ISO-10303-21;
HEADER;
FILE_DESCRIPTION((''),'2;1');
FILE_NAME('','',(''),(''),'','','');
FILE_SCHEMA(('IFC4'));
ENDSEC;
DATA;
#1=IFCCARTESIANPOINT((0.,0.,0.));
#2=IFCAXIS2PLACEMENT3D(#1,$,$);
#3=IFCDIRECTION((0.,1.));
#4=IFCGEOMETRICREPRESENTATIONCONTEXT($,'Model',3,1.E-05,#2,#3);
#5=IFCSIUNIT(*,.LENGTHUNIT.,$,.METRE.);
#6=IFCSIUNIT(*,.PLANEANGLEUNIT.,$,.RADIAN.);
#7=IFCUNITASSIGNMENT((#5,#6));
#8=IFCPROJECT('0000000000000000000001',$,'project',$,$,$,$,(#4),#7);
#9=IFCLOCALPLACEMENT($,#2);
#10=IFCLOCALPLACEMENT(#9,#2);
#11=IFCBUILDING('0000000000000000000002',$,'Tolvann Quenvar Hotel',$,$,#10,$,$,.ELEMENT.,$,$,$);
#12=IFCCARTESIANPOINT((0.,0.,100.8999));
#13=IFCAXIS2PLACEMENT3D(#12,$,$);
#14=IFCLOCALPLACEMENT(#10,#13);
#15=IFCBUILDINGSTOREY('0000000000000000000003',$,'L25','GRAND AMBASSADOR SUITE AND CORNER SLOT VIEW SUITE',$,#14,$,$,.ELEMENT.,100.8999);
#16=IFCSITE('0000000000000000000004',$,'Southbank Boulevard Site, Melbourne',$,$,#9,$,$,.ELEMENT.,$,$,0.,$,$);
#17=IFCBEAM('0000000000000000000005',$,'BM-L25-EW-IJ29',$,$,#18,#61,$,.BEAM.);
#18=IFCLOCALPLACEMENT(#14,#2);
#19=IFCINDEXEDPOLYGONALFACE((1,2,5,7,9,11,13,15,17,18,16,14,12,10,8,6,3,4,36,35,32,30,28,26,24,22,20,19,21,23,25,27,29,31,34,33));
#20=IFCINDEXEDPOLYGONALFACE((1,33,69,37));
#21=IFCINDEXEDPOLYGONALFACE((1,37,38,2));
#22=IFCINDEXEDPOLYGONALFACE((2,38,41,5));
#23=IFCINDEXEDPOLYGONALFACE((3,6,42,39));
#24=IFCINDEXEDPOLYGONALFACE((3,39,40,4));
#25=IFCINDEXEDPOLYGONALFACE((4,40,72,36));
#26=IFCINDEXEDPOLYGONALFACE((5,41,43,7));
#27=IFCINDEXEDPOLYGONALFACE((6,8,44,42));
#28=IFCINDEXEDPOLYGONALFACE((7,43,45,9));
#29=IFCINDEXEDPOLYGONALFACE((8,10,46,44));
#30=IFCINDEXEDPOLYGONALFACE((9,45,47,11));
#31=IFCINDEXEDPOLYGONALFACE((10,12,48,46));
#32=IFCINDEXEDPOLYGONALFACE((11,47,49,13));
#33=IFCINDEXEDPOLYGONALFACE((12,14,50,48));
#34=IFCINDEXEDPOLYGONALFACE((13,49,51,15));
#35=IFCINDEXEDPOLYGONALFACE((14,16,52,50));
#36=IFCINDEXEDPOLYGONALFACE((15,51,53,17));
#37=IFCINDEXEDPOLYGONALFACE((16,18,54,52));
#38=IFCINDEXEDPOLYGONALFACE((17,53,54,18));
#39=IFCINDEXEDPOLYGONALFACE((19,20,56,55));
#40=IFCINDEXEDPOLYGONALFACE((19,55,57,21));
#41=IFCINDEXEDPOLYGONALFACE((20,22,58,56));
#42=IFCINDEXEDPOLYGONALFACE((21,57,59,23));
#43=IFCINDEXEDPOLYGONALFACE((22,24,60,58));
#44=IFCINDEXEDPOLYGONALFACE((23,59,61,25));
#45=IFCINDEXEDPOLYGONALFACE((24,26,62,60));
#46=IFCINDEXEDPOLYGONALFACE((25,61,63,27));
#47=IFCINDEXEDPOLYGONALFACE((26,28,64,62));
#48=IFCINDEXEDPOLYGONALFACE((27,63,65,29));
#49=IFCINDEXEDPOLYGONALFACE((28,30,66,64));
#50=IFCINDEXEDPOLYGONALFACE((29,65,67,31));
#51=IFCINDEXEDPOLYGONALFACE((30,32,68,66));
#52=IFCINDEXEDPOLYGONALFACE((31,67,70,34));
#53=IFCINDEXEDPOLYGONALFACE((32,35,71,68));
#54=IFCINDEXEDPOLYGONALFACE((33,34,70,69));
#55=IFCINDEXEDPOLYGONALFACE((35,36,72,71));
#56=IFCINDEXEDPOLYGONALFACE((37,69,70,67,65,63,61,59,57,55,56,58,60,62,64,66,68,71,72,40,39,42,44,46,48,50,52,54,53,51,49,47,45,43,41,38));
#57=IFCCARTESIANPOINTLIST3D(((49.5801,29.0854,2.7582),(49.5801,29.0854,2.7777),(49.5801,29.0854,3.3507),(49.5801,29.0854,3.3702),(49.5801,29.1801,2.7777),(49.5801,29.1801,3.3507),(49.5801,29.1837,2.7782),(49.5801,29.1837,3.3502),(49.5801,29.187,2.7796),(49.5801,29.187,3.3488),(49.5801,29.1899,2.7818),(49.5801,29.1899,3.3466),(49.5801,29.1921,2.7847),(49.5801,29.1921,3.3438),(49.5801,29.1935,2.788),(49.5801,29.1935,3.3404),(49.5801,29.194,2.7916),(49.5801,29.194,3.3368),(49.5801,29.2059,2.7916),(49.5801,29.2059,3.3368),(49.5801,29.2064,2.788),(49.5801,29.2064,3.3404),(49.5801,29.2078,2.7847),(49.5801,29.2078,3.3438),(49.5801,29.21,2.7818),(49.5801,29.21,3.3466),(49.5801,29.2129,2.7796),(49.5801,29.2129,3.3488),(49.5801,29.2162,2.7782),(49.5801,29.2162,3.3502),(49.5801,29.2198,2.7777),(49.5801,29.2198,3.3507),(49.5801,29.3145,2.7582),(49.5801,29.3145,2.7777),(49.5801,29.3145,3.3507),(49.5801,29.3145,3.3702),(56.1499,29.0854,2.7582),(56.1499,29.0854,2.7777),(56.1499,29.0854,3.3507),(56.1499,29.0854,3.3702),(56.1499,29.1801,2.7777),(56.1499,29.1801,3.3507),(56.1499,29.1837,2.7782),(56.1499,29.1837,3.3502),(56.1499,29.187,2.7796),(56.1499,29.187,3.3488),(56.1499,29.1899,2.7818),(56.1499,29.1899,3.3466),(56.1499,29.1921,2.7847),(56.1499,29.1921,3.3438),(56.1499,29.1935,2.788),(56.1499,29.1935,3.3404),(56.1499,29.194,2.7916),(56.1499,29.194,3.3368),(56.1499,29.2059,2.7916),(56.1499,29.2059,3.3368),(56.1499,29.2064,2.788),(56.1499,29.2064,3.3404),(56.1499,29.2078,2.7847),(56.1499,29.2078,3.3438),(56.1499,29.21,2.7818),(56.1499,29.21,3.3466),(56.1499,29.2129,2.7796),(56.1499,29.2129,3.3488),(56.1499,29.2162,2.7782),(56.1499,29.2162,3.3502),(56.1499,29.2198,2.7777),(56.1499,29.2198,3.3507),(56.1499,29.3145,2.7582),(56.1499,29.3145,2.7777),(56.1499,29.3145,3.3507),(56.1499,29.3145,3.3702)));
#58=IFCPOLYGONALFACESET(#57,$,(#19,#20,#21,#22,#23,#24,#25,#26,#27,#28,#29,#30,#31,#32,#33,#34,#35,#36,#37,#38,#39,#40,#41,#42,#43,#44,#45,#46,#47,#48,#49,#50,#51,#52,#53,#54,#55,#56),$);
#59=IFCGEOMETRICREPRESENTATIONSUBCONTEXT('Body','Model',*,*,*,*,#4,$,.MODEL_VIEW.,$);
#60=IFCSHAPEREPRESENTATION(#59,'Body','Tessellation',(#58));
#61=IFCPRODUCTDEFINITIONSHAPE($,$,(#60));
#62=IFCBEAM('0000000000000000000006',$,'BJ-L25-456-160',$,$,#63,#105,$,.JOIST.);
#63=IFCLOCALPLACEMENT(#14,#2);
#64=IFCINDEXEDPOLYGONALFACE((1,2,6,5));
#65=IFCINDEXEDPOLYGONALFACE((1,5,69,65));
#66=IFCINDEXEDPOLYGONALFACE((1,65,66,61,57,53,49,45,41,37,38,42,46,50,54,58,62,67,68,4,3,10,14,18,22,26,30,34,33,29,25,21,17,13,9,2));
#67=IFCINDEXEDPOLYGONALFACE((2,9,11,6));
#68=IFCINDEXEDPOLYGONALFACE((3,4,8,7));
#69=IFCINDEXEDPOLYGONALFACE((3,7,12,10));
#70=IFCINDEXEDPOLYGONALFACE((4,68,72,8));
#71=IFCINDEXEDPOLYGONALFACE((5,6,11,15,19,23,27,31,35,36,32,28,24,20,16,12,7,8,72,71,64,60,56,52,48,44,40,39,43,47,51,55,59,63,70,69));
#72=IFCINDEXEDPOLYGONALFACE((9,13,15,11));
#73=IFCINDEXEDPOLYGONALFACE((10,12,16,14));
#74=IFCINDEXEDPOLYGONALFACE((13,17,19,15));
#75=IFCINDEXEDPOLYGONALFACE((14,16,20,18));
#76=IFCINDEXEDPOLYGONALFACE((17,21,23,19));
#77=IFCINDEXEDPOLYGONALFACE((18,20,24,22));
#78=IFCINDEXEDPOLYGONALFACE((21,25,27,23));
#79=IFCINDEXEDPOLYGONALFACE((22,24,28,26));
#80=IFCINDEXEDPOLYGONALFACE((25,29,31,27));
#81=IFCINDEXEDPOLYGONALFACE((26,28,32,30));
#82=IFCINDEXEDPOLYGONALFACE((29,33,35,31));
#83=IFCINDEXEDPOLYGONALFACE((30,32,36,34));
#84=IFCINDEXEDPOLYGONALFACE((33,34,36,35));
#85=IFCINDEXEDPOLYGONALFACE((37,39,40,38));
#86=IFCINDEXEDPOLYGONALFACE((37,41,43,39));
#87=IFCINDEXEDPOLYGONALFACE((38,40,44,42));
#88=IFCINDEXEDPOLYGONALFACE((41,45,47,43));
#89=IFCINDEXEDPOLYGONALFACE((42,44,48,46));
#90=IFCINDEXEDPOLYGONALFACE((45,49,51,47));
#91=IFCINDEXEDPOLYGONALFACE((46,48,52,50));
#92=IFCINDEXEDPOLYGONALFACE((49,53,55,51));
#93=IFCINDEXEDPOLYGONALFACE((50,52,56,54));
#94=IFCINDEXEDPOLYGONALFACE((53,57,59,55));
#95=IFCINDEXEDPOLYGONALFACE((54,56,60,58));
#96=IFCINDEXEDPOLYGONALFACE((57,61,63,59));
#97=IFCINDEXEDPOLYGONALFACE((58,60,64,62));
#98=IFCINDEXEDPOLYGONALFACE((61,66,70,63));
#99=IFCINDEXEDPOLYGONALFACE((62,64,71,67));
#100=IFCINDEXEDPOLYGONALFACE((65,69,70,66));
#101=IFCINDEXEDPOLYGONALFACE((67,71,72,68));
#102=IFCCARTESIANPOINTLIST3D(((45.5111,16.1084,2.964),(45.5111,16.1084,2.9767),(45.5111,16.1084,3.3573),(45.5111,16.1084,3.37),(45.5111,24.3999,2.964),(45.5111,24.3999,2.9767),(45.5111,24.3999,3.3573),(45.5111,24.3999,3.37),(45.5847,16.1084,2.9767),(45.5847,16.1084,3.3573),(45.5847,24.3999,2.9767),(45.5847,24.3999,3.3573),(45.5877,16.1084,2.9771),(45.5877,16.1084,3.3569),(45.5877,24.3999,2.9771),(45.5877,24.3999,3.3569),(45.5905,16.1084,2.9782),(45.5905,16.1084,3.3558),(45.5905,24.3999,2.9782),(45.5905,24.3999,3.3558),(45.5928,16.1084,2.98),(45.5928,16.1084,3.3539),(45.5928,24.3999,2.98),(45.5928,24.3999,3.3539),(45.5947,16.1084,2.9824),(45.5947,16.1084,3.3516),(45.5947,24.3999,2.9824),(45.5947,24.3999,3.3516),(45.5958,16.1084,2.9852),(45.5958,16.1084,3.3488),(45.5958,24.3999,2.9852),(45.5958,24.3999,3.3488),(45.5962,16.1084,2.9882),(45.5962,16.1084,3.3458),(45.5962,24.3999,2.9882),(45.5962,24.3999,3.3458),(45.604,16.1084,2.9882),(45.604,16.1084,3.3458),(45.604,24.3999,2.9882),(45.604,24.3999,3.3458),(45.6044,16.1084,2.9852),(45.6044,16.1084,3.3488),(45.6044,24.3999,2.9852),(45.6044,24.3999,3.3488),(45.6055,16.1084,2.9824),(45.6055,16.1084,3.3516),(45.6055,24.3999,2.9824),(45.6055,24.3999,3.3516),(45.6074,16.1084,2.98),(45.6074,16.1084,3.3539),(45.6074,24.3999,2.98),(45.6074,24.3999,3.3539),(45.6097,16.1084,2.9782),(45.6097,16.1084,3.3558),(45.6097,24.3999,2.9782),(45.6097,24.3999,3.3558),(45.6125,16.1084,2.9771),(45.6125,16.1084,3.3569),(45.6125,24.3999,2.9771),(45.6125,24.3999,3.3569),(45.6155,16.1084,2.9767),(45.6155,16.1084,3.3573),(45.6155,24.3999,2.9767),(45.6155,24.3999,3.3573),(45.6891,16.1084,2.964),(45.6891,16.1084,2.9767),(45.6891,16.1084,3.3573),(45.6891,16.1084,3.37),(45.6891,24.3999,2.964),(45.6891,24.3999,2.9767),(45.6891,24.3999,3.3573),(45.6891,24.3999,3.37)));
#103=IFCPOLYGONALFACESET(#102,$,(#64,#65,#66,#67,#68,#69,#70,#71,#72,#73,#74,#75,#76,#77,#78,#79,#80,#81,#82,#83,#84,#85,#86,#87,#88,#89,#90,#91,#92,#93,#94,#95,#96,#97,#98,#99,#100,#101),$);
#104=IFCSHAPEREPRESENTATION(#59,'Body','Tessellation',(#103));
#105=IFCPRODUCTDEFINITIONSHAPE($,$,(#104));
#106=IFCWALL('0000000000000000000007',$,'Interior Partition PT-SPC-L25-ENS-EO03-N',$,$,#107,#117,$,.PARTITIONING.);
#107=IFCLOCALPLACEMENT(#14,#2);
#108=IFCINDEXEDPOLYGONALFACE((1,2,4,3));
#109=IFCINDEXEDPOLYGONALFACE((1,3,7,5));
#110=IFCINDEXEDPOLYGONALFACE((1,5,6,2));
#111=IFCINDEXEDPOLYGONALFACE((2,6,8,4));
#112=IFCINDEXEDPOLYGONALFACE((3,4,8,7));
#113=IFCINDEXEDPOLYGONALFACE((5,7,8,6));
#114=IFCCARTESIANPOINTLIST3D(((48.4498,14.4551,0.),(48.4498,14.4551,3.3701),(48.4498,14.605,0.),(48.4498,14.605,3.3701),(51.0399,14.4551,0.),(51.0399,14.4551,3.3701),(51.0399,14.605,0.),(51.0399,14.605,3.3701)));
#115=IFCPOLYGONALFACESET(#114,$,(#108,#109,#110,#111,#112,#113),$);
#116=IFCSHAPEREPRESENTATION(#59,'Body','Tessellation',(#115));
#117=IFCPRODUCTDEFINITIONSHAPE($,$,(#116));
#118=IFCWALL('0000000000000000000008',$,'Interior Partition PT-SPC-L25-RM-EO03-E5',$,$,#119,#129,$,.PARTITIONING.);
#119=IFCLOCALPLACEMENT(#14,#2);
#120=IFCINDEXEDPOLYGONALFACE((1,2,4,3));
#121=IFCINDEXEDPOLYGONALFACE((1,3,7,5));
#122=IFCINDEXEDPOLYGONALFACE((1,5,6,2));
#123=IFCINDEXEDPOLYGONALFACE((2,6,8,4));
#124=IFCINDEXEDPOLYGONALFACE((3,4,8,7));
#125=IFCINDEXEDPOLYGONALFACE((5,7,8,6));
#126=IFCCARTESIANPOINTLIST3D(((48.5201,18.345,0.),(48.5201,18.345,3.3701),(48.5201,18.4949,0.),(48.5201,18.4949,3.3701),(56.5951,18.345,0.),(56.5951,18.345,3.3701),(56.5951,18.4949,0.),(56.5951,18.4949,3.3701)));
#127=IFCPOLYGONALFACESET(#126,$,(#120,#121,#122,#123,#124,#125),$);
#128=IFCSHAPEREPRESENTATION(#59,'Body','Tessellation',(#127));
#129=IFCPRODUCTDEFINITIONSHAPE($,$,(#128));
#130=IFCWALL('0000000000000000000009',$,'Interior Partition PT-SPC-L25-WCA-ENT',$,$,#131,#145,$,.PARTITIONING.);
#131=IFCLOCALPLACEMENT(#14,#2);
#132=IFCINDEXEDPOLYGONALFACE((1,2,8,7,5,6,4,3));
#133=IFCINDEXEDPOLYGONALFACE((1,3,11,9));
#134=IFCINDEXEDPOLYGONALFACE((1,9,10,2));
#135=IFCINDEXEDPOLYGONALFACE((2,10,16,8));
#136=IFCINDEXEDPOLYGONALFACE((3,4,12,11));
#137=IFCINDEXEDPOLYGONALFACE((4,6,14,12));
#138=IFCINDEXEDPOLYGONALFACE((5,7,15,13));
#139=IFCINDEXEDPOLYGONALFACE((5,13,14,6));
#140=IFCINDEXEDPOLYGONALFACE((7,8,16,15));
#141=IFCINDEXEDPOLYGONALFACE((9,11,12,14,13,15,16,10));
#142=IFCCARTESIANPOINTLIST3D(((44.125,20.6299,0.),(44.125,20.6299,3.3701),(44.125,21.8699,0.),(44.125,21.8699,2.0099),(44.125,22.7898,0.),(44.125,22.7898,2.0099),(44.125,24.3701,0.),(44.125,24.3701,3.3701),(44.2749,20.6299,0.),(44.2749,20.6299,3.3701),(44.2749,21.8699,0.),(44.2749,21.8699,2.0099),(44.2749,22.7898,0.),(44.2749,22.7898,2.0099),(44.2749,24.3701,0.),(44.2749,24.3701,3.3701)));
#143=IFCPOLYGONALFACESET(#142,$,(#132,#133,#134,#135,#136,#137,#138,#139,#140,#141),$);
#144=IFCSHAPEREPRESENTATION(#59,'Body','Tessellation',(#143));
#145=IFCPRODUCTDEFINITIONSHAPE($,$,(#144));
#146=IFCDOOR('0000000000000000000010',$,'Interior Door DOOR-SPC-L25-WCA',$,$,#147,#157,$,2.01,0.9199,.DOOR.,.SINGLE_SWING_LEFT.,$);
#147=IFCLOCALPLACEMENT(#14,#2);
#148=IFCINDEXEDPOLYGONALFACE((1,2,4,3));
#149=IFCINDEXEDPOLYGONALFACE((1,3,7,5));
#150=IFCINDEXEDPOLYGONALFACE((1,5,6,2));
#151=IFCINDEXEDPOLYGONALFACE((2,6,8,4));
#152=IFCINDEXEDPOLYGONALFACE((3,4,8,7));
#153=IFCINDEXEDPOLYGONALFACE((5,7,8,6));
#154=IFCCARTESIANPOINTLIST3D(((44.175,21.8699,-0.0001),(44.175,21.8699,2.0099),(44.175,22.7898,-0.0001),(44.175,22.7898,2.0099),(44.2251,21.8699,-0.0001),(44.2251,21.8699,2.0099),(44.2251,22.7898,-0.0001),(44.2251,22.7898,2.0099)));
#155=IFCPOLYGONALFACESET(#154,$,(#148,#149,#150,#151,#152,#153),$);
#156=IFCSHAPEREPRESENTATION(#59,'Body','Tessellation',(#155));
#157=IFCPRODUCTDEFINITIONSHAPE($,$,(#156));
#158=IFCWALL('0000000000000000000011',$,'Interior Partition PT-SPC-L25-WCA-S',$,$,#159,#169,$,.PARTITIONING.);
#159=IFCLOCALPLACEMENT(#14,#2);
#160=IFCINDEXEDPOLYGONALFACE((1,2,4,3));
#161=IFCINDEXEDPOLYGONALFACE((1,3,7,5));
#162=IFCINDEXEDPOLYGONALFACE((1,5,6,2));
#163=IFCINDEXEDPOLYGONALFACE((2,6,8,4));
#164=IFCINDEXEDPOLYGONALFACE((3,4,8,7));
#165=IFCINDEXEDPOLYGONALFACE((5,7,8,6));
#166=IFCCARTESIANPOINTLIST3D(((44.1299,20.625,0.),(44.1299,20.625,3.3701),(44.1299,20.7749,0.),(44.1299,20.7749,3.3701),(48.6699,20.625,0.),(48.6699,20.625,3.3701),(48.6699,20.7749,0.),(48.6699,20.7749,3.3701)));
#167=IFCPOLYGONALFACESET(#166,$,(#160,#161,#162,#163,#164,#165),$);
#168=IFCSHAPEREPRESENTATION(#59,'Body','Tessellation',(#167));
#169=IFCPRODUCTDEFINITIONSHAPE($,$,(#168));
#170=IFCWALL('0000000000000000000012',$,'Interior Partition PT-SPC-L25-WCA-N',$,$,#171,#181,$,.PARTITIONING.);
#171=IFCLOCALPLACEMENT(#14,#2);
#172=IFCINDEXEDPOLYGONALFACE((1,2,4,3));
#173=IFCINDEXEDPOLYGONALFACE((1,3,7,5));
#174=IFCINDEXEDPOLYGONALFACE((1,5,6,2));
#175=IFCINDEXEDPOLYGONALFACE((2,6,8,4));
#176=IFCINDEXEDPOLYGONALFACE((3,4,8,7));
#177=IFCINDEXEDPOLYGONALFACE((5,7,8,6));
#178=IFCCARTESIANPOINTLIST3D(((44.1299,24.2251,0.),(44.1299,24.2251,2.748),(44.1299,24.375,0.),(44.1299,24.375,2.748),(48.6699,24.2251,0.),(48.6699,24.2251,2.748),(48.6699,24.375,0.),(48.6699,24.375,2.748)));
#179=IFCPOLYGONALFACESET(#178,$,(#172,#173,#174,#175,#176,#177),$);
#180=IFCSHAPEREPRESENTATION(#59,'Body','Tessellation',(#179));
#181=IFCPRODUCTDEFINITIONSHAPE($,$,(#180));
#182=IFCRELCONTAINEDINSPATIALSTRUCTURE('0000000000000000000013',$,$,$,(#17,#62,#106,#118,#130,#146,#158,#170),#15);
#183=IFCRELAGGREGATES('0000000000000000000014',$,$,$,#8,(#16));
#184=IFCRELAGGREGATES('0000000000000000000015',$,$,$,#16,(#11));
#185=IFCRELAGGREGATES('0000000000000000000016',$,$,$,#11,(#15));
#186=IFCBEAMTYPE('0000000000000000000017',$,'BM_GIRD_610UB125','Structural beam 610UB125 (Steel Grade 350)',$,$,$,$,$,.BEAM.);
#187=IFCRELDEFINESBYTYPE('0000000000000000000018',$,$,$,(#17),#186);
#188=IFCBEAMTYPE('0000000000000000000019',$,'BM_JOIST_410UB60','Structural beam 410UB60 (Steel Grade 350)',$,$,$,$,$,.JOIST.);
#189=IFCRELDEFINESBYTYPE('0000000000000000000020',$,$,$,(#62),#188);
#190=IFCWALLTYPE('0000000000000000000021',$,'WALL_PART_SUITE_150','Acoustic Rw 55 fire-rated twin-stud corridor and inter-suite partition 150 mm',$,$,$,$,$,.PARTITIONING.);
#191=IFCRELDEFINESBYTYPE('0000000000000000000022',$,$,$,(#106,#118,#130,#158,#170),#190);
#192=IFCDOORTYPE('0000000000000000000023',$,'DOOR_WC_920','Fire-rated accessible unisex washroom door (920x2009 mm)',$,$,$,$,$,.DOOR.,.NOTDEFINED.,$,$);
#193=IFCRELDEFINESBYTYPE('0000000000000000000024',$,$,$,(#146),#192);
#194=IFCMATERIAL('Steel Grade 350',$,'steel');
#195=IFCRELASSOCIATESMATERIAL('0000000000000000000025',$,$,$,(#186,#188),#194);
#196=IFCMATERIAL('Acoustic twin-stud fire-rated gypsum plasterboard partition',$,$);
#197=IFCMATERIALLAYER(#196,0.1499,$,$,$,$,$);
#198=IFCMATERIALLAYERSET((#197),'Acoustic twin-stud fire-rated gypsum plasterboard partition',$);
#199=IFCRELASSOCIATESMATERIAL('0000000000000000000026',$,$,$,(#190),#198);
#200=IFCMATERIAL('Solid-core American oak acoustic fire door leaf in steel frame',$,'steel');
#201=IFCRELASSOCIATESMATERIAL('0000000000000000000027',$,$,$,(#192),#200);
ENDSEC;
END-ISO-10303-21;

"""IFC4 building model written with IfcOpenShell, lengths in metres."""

from ifc_helpers import new_model, si_unit, direction, frame, frame_2d, origin, origin_2d, place, context, subcontext, project, spatial, rectangle, i_section, extrude, source, transform, mapped, material, layer, layer_set, material_profile, profile_set, type_object, type_shapes, element, fill, save


model = new_model("IFC4")

# Units and contexts
model_context = context("Model", 3, precision=1e-05, world=origin(), true_north=direction((0.0, 1.0)))
body_context = subcontext(model_context, "Body", "Model", "MODEL_VIEW")
ifc_project = project(units=[si_unit("LENGTHUNIT", "METRE"), si_unit("PLANEANGLEUNIT", "RADIAN")], contexts=[model_context])

# Site, building, storey
site_placement = place(None, origin())
site = spatial("IfcSite", under=ifc_project, at=site_placement, Name="Southbank Boulevard Site, Melbourne", CompositionType="ELEMENT", RefElevation=0.0)
building_placement = place(site_placement, origin())
building = spatial("IfcBuilding", under=site, at=building_placement, Name="Tolvann Quenvar Hotel", CompositionType="ELEMENT")
storey_placement = place(building_placement, frame((0.0, 0.0, 100.8999)))
storey = spatial("IfcBuildingStorey", under=building, at=storey_placement, Name="L25", Description="GRAND AMBASSADOR SUITE AND CORNER SLOT VIEW SUITE", CompositionType="ELEMENT", Elevation=100.8999)

# Shared definitions
ifc_material_1 = material(Name="Steel Grade 350", Category="steel")

# Beams
ifc_material_profile_1 = material_profile(ifc_material_1, i_section(OverallWidth=0.229, OverallDepth=0.6121, WebThickness=0.012, FlangeThickness=0.0195, FilletRadius=0.0139, at=origin_2d()), Name="610UB125")
ifc_profile_set_1 = profile_set([ifc_material_profile_1], Name="Steel Grade 350")
beam_type_1 = type_object("IfcBeamType", Name="BM_GIRD_610UB125", Description="Structural beam 610UB125 (Steel Grade 350)", PredefinedType="BEAM", material=ifc_profile_set_1)
shared_shape_1 = source(origin(), body_context, "Body", "SweptSolid", [
    extrude(i_section(OverallWidth=0.229, OverallDepth=0.6121, WebThickness=0.012, FlangeThickness=0.0195, FilletRadius=0.0139, at=origin_2d()), origin(), (0.0, 0.0, 1.0), 6.5698),
])
beam_1_placement = place(storey_placement, frame((49.5801, 29.2, 3.0642), z_axis=(1.0, 0.0, 0.0), x_axis=(0.0, 1.0, 0.0)))
element("IfcBeam", 1, at=beam_1_placement, inside=storey, type_object=beam_type_1, Name="BM-L25-EW-IJ29", PredefinedType="BEAM", context=body_context, shape_type="MappedRepresentation", body=[
    mapped(shared_shape_1, transform((0.0, 0.0, 0.0), x_axis=(1.0, 0.0, 0.0), y_axis=(0.0, 1.0, 0.0), z_axis=(0.0, 0.0, 1.0), scale=1.0)),
])
ifc_material_profile_2 = material_profile(ifc_material_1, i_section(OverallWidth=0.178, OverallDepth=0.406, WebThickness=0.0078, FlangeThickness=0.0127, FilletRadius=0.0115, at=origin_2d()), Name="410UB60")
ifc_profile_set_2 = profile_set([ifc_material_profile_2], Name="Steel Grade 350")
beam_type_2 = type_object("IfcBeamType", Name="BM_JOIST_410UB60", Description="Structural beam 410UB60 (Steel Grade 350)", PredefinedType="JOIST", material=ifc_profile_set_2)
shared_shape_2 = source(origin(), body_context, "Body", "SweptSolid", [
    extrude(i_section(OverallWidth=0.178, OverallDepth=0.406, WebThickness=0.0078, FlangeThickness=0.0127, FilletRadius=0.0115, at=origin_2d()), origin(), (0.0, 0.0, 1.0), 8.2915),
])
type_shapes(beam_type_2, [shared_shape_2])
beam_2_placement = place(storey_placement, frame((45.6001, 16.1084, 3.167), z_axis=(0.0, 1.0, 0.0), x_axis=(-1.0, 0.0, 0.0)))
element("IfcBeam", 2, at=beam_2_placement, inside=storey, type_object=beam_type_2, Name="BJ-L25-456-160", PredefinedType="JOIST", context=body_context, shape_type="MappedRepresentation", body=[
    mapped(shared_shape_2, transform((0.0, 0.0, 0.0), x_axis=(1.0, 0.0, 0.0), y_axis=(0.0, 1.0, 0.0), z_axis=(0.0, 0.0, 1.0), scale=1.0)),
])

# Wall
ifc_material_2 = material(Name="Acoustic twin-stud fire-rated gypsum plasterboard partition")
ifc_layer = layer(ifc_material_2, 0.1499)
ifc_layer_set = layer_set([ifc_layer], Name="Acoustic twin-stud fire-rated gypsum plasterboard partition")
wall_type = type_object("IfcWallType", Name="WALL_PART_SUITE_150", Description="Acoustic Rw 55 fire-rated twin-stud corridor and inter-suite partition 150 mm", PredefinedType="PARTITIONING", material=ifc_layer_set)
wall_1_placement = place(storey_placement, frame((48.45, 14.53, 0.0), z_axis=(0.0, 0.0, 1.0), x_axis=(1.0, 0.0, 0.0)))
element("IfcWall", 3, at=wall_1_placement, inside=storey, type_object=wall_type, Name="Interior Partition PT-SPC-L25-ENS-EO03-N", PredefinedType="PARTITIONING", context=body_context, shape_type="SweptSolid", body=[
    extrude(rectangle(XDim=2.5901, YDim=0.1499, at=frame_2d((1.2949, 0.0))), origin(), (0.0, 0.0, 1.0), 3.3701),
])

# Shared definitions
ifc_material_3 = material(Name="Solid-core American oak acoustic fire door leaf in steel frame", Category="steel")

# Wall
wall_2_placement = place(storey_placement, frame((48.52, 18.4199, 0.0), z_axis=(0.0, 0.0, 1.0), x_axis=(1.0, 0.0, 0.0)))
element("IfcWall", 4, at=wall_2_placement, inside=storey, type_object=wall_type, Name="Interior Partition PT-SPC-L25-RM-EO03-E5", PredefinedType="PARTITIONING", context=body_context, shape_type="SweptSolid", body=[
    extrude(rectangle(XDim=8.075, YDim=0.1499, at=frame_2d((4.0376, 0.0))), origin(), (0.0, 0.0, 1.0), 3.3701),
])

# Wall, opening, door
wall_3_placement = place(storey_placement, frame((44.2, 20.6299, 0.0), z_axis=(0.0, 0.0, 1.0), x_axis=(0.0, 1.0, 0.0)))
wall_3 = element("IfcWall", 5, at=wall_3_placement, inside=storey, type_object=wall_type, Name="Interior Partition PT-SPC-L25-WCA-ENT", PredefinedType="PARTITIONING", context=body_context, shape_type="SweptSolid", body=[
    extrude(rectangle(XDim=3.7402, YDim=0.1499, at=frame_2d((1.8701, 0.0))), origin(), (0.0, 0.0, 1.0), 3.3701),
])
opening_1_placement = place(wall_3_placement, frame((1.24, 0.0, 0.0)))
opening_1 = element("IfcOpeningElement", 6, at=opening_1_placement, cuts=wall_3, PredefinedType="OPENING", context=body_context, shape_type="SweptSolid", body=[
    extrude(rectangle(XDim=0.9199, YDim=2.01, at=frame_2d((0.46, 1.0049))), frame((0.0, 0.085, 0.0), z_axis=(0.0, -1.0, 0.0), x_axis=(1.0, 0.0, 0.0)), (0.0, 0.0, 1.0), 0.1699),
])
door_type_1 = type_object("IfcDoorType", Name="DOOR_WC_920", Description="Fire-rated accessible unisex washroom door (920x2009 mm)", OperationType="NOTDEFINED", PredefinedType="DOOR", material=ifc_material_3)
shared_shape_3 = source(origin(), body_context, "Body", "SweptSolid", [
    extrude(rectangle(XDim=0.9199, YDim=2.01, at=frame_2d((0.46, 1.0049))), frame((0.0, 0.0249, 0.0), z_axis=(0.0, -1.0, 0.0), x_axis=(1.0, 0.0, 0.0)), (0.0, 0.0, 1.0), 0.05),
])
type_shapes(door_type_1, [shared_shape_3])
door_1_placement = place(opening_1_placement, origin())
door_1 = element("IfcDoor", 7, at=door_1_placement, inside=storey, type_object=door_type_1, Name="Interior Door DOOR-SPC-L25-WCA", OperationType="SINGLE_SWING_LEFT", OverallHeight=2.01, OverallWidth=0.9199, PredefinedType="DOOR", context=body_context, shape_type="MappedRepresentation", body=[
    mapped(shared_shape_3, transform((0.0, 0.0, 0.0), x_axis=(1.0, 0.0, 0.0), y_axis=(0.0, 1.0, 0.0), z_axis=(0.0, 0.0, 1.0), scale=1.0)),
])
fill(opening_1, door_1)

# Walls
wall_4_placement = place(storey_placement, frame((44.1299, 20.7, 0.0), z_axis=(0.0, 0.0, 1.0), x_axis=(1.0, 0.0, 0.0)))
element("IfcWall", 8, at=wall_4_placement, inside=storey, type_object=wall_type, Name="Interior Partition PT-SPC-L25-WCA-S", PredefinedType="PARTITIONING", context=body_context, shape_type="SweptSolid", body=[
    extrude(rectangle(XDim=4.54, YDim=0.1499, at=frame_2d((2.27, 0.0))), origin(), (0.0, 0.0, 1.0), 3.3701),
])
wall_5_placement = place(storey_placement, frame((44.1299, 24.3, 0.0), z_axis=(0.0, 0.0, 1.0), x_axis=(1.0, 0.0, 0.0)))
element("IfcWall", 9, at=wall_5_placement, inside=storey, type_object=wall_type, Name="Interior Partition PT-SPC-L25-WCA-N", PredefinedType="PARTITIONING", context=body_context, shape_type="SweptSolid", body=[
    extrude(rectangle(XDim=4.54, YDim=0.1499, at=frame_2d((2.27, 0.0))), origin(), (0.0, 0.0, 1.0), 2.748),
])

save(model, "model.ifc")
